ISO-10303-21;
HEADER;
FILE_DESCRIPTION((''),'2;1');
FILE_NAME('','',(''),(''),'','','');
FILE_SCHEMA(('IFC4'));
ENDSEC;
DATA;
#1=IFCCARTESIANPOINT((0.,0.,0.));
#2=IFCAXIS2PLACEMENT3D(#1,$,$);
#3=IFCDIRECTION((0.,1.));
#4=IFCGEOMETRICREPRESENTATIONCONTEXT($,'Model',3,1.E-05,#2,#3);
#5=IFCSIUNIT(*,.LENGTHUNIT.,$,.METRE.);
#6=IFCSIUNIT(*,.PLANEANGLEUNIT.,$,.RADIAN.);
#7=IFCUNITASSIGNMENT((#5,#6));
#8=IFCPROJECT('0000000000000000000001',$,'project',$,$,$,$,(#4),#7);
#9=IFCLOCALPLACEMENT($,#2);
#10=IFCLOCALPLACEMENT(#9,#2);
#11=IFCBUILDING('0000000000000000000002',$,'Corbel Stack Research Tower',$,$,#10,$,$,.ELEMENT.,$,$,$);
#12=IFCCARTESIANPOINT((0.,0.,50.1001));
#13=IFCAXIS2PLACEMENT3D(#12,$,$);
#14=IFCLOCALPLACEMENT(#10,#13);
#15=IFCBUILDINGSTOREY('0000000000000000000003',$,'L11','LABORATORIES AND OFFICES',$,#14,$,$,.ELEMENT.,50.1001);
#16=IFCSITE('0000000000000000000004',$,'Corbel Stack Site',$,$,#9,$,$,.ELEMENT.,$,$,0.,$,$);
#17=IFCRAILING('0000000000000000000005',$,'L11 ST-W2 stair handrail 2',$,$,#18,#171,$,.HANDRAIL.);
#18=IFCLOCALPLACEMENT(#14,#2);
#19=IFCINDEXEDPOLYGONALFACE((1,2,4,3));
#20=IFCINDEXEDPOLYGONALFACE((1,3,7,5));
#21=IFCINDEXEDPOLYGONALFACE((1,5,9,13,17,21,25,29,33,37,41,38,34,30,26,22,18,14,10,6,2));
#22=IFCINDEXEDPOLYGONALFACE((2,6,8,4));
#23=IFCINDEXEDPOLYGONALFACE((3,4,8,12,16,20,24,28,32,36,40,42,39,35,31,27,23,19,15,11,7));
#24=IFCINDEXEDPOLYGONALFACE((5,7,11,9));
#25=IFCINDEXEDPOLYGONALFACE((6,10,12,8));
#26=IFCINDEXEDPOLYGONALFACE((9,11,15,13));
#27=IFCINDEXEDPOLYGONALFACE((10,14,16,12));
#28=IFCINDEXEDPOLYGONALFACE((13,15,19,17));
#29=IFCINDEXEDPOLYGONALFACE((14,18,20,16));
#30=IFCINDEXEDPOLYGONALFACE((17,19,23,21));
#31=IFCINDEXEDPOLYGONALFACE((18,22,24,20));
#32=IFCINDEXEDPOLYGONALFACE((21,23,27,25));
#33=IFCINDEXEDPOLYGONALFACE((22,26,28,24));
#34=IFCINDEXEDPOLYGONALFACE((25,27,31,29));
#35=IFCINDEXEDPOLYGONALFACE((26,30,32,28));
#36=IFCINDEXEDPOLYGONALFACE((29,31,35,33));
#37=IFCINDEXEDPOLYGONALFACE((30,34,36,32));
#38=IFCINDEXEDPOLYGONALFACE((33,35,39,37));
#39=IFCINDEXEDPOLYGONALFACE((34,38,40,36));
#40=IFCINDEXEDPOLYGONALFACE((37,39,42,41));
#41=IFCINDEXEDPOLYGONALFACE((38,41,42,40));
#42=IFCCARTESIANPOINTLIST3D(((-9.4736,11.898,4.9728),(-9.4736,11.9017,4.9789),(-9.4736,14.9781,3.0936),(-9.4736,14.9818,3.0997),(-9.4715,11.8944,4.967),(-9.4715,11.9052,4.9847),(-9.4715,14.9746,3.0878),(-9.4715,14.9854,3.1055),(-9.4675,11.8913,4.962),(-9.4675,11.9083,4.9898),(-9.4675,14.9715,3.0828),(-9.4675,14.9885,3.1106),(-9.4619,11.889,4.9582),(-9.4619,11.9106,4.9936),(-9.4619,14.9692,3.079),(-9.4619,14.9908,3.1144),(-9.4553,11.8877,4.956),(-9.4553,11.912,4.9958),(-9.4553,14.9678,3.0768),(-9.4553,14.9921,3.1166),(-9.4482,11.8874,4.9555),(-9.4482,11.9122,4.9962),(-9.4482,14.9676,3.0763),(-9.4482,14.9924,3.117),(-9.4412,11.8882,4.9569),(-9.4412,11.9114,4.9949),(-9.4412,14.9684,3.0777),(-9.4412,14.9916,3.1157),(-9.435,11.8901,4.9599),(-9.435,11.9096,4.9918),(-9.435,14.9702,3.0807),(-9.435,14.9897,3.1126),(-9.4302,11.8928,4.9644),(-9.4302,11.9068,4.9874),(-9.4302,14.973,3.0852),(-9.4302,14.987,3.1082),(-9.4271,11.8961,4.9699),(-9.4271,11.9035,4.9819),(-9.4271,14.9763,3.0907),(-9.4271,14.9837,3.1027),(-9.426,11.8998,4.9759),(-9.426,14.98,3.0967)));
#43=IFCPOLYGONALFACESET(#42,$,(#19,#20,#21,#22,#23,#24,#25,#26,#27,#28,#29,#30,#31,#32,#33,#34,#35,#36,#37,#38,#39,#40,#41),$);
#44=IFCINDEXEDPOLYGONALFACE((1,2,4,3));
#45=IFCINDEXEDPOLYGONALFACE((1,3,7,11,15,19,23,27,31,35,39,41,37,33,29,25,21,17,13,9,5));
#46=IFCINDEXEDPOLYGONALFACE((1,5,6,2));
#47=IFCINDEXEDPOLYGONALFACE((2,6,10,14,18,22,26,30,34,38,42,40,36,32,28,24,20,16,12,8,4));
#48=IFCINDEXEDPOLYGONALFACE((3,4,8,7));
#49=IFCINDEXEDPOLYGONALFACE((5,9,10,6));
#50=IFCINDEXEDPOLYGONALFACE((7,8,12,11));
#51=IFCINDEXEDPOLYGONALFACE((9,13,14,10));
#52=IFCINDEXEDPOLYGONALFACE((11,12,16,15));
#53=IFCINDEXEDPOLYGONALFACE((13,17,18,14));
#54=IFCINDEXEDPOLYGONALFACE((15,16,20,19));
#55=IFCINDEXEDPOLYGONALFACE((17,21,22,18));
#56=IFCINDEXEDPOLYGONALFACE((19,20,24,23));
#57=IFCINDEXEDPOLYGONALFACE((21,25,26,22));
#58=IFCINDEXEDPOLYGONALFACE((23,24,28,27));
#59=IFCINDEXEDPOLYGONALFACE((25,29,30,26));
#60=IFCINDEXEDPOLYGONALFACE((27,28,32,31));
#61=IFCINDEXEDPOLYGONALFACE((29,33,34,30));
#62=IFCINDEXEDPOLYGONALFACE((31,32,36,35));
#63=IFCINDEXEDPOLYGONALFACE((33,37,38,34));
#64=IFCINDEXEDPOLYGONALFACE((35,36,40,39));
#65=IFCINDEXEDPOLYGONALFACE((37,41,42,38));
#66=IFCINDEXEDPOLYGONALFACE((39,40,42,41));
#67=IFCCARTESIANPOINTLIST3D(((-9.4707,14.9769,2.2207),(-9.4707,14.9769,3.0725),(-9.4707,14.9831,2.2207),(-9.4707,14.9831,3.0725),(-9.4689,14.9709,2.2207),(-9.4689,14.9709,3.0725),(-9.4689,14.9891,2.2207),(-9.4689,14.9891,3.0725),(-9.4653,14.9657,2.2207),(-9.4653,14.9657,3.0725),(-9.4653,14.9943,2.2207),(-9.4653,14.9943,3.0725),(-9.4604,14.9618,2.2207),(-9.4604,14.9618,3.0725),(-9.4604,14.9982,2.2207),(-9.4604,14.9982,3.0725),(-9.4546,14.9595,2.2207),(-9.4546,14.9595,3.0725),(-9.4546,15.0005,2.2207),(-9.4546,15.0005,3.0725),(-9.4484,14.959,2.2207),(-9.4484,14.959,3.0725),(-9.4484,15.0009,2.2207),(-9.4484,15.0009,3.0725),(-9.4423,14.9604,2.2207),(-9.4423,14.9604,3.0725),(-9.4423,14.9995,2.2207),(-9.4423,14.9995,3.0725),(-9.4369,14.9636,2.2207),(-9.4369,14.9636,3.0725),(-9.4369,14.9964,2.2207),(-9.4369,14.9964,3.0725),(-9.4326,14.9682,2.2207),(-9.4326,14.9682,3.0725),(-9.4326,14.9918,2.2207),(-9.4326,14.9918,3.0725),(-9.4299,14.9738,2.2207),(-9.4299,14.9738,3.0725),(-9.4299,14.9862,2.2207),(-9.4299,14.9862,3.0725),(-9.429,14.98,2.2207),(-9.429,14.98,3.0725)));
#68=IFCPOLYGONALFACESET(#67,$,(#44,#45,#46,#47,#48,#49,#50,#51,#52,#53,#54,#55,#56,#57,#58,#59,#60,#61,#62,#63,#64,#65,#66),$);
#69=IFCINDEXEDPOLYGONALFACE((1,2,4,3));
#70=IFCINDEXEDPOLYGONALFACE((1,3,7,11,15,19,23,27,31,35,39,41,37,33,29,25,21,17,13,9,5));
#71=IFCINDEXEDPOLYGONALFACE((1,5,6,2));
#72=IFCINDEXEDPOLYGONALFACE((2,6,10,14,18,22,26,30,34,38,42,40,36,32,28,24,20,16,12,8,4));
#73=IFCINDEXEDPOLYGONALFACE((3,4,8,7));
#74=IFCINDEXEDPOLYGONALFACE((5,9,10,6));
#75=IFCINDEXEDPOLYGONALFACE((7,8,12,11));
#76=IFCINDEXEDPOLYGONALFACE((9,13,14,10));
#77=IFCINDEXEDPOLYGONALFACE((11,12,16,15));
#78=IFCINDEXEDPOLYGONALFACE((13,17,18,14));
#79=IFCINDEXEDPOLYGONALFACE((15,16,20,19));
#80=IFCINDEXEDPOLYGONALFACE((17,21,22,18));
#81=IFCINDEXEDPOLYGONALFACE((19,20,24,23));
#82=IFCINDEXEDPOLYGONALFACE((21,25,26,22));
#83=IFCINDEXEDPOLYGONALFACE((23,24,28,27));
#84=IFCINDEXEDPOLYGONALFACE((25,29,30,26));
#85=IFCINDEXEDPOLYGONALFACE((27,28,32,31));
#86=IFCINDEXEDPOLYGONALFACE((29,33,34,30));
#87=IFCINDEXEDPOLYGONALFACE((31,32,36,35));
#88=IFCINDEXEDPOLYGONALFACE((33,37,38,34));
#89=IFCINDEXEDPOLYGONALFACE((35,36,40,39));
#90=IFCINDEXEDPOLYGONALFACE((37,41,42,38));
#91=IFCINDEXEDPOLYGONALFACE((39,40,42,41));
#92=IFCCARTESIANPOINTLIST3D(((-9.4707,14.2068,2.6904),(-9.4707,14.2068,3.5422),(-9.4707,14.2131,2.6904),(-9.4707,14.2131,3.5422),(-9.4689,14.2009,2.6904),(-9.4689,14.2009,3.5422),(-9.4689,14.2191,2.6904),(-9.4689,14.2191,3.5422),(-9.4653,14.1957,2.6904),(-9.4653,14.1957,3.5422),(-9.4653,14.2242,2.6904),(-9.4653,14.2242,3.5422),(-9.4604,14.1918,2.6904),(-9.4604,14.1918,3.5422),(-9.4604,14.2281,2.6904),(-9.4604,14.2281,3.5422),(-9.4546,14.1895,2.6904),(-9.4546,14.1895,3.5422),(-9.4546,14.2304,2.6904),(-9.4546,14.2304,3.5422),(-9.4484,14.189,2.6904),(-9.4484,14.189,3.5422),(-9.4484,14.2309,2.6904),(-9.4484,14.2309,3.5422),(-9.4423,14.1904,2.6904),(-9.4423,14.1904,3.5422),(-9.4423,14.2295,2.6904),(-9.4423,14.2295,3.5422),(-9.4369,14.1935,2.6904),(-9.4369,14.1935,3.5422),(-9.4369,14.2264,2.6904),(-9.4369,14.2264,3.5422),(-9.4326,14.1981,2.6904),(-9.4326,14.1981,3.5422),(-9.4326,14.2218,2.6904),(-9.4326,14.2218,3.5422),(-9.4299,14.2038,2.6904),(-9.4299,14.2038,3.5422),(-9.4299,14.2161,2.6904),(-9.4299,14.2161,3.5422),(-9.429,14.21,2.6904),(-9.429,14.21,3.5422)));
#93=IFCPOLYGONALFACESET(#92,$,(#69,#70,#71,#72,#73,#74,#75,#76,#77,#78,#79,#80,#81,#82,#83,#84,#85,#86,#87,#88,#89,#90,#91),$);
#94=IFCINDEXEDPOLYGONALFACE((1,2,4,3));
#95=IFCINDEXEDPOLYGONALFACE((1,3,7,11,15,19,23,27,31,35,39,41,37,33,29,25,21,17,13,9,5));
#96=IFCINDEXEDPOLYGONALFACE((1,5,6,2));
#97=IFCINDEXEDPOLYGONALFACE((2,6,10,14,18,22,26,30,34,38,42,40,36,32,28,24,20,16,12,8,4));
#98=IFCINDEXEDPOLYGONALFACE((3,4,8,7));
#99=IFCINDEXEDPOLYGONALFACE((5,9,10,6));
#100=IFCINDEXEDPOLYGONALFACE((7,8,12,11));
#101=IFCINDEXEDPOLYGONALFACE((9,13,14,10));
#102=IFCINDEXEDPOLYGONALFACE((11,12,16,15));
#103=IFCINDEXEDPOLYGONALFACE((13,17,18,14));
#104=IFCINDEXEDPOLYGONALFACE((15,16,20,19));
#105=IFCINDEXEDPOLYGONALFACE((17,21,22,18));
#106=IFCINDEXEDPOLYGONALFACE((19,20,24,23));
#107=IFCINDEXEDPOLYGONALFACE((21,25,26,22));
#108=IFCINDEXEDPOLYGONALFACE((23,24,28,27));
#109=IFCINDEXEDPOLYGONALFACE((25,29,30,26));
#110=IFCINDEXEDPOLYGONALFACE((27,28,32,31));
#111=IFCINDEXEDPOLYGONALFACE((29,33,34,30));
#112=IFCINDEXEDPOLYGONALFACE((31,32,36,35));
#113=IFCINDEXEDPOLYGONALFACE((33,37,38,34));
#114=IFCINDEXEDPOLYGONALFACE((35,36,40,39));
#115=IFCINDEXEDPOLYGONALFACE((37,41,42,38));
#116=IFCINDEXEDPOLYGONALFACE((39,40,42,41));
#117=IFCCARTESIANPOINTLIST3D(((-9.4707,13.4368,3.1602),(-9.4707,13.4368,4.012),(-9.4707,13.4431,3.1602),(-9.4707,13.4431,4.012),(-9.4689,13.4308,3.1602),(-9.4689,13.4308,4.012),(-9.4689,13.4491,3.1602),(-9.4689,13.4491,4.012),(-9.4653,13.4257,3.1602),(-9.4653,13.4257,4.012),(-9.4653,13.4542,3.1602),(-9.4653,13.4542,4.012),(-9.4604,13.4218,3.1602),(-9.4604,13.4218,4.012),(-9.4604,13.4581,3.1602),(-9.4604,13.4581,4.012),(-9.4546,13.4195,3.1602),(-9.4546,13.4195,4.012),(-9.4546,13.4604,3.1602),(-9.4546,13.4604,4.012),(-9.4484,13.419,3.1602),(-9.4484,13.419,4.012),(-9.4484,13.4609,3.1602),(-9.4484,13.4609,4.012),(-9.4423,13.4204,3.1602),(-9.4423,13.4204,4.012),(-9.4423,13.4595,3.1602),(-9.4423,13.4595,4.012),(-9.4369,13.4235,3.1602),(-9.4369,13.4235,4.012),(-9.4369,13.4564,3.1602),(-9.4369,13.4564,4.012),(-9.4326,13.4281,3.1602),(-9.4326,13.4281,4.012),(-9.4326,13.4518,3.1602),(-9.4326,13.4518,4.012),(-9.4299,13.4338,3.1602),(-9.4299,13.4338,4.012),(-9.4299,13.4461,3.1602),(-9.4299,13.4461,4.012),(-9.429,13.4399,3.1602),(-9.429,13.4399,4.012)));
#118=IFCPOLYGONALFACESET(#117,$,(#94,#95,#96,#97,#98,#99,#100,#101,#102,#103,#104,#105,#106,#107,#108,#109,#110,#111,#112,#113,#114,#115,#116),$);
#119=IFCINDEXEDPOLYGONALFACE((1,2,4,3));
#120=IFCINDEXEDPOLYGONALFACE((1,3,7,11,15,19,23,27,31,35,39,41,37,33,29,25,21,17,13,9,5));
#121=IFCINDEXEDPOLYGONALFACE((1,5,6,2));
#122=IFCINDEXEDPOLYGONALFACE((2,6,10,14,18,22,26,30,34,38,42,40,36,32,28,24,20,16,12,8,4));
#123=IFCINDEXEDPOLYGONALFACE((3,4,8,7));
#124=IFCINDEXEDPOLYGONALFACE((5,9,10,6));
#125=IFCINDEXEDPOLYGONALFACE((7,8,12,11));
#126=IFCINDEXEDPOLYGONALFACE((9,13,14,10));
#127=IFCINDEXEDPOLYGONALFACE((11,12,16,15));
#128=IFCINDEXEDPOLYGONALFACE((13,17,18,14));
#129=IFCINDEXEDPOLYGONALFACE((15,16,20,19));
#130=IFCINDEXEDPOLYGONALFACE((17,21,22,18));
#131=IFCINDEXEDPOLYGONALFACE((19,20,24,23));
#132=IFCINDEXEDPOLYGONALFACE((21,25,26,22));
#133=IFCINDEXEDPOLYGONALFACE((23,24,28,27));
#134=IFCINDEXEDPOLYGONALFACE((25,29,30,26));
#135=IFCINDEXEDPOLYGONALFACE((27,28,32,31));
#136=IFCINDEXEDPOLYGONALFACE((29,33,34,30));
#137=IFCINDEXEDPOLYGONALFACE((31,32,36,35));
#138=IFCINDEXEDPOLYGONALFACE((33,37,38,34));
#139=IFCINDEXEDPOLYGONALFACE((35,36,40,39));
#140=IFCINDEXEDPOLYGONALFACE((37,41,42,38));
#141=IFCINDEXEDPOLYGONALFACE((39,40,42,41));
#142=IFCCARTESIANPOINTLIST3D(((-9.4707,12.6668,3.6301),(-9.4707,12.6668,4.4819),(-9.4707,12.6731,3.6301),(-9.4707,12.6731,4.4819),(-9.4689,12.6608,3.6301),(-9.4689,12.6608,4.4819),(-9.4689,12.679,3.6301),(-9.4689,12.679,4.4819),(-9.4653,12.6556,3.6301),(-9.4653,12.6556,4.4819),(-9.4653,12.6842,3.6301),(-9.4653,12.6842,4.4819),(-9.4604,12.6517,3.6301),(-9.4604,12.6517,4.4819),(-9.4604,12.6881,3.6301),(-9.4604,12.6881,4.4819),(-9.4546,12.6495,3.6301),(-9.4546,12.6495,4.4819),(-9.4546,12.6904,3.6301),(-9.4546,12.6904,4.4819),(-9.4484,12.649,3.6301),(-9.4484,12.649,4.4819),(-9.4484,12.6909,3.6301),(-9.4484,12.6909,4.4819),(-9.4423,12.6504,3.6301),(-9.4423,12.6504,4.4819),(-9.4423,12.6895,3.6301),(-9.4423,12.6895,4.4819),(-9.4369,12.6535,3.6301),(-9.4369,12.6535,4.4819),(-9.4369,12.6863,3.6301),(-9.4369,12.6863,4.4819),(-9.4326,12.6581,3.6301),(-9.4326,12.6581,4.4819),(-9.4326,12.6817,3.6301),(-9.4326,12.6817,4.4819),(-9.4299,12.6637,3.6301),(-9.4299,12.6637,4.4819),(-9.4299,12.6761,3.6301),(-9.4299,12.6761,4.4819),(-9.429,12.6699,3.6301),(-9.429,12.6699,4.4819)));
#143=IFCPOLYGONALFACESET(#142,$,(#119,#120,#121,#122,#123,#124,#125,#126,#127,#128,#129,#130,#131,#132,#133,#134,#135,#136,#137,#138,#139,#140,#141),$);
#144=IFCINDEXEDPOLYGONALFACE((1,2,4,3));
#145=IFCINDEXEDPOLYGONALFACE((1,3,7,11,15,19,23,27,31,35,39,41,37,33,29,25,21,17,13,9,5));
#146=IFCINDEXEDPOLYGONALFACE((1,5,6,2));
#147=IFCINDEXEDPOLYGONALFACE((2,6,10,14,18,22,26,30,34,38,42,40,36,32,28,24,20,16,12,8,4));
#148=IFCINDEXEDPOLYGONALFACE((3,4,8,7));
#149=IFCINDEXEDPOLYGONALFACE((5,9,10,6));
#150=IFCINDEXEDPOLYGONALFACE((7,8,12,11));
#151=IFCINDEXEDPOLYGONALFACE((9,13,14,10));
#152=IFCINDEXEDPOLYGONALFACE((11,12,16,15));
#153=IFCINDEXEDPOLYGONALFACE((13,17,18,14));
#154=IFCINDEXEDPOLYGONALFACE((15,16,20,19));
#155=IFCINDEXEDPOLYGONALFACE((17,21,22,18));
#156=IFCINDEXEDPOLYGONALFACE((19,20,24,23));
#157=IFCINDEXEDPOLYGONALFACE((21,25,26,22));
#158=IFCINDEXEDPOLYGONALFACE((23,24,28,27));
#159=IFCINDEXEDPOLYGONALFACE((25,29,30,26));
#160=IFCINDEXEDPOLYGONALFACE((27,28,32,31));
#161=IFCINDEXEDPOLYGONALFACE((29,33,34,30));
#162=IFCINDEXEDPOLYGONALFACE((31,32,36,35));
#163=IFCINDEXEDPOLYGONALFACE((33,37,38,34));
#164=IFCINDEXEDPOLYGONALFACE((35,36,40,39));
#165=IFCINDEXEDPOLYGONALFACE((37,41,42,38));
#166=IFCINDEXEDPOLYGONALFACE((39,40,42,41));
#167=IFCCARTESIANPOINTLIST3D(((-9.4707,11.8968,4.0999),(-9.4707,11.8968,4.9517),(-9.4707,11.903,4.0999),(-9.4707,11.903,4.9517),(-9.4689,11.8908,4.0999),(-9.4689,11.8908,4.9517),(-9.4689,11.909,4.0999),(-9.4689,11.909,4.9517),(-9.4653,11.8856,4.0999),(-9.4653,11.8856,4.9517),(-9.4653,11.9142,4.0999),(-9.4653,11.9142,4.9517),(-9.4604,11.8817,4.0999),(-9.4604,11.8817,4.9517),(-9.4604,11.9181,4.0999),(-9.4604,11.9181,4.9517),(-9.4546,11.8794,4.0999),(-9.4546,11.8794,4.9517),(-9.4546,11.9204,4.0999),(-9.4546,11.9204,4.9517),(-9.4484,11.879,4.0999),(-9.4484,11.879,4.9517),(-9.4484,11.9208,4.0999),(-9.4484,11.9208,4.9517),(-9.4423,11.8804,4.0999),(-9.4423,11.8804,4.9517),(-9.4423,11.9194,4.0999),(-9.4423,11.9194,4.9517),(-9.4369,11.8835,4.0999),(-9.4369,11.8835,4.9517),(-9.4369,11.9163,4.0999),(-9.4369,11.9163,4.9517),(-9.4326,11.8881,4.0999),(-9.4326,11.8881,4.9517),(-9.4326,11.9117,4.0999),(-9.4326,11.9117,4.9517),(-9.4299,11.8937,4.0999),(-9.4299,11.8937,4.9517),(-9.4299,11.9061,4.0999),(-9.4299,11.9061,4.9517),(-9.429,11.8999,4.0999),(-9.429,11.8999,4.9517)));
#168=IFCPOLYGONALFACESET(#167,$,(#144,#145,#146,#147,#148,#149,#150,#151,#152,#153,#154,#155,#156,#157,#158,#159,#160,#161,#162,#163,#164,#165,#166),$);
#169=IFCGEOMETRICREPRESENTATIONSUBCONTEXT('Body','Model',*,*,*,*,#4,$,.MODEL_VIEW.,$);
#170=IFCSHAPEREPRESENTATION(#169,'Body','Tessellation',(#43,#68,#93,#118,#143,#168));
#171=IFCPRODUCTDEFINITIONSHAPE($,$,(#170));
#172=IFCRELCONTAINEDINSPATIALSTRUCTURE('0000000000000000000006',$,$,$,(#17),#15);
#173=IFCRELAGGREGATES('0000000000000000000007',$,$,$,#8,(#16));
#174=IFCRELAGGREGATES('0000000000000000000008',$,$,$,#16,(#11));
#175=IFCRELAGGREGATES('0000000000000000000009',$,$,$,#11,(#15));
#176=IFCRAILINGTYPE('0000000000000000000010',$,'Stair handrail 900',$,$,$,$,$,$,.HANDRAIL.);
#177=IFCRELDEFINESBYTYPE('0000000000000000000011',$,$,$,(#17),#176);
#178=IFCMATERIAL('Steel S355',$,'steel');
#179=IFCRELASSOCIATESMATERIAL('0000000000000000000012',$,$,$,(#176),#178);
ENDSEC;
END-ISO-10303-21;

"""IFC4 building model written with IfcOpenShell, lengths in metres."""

from ifc_helpers import new_model, si_unit, direction, frame, origin, origin_2d, place, context, subcontext, project, spatial, circle, extrude, material, type_object, element, save


model = new_model("IFC4")

# Units and contexts
model_context = context("Model", 3, precision=1e-05, world=origin(), true_north=direction((0.0, 1.0)))
body_context = subcontext(model_context, "Body", "Model", "MODEL_VIEW")
ifc_project = project(units=[si_unit("LENGTHUNIT", "METRE"), si_unit("PLANEANGLEUNIT", "RADIAN")], contexts=[model_context])

# Site, building, storey
site_placement = place(None, origin())
site = spatial("IfcSite", under=ifc_project, at=site_placement, Name="Corbel Stack Site", CompositionType="ELEMENT", RefElevation=0.0)
building_placement = place(site_placement, origin())
building = spatial("IfcBuilding", under=site, at=building_placement, Name="Corbel Stack Research Tower", CompositionType="ELEMENT")
storey_placement = place(building_placement, frame((0.0, 0.0, 50.1001)))
storey = spatial("IfcBuildingStorey", under=building, at=storey_placement, Name="L11", Description="LABORATORIES AND OFFICES", CompositionType="ELEMENT", Elevation=50.1001)

# Railing
ifc_material_1 = material(Name="Steel S355", Category="steel")
railing_type_1 = type_object("IfcRailingType", Name="Stair handrail 900", PredefinedType="HANDRAIL", material=ifc_material_1)
railing_1_placement = place(storey_placement, frame((-9.45, 14.98, 2.2207)))
element("IfcRailing", 1, at=railing_1_placement, inside=storey, type_object=railing_type_1, Name="L11 ST-W2 stair handrail 2", PredefinedType="HANDRAIL", context=body_context, shape_type="SweptSolid", body=[
    extrude(circle(Radius=0.0239, at=origin_2d()), frame((0.0, 0.0, 0.876), z_axis=(0.0, -0.853666, 0.52082), x_axis=(1.0, 0.0, 0.0)), (0.0, 0.0, 1.0), 3.6082),
    extrude(circle(Radius=0.021, at=origin_2d()), origin(), (0.0, 0.0, 1.0), 0.8518),
    extrude(circle(Radius=0.021, at=origin_2d()), frame((0.0, -0.77, 0.4697)), (0.0, 0.0, 1.0), 0.8518),
    extrude(circle(Radius=0.021, at=origin_2d()), frame((0.0, -1.54, 0.9395)), (0.0, 0.0, 1.0), 0.8518),
    extrude(circle(Radius=0.021, at=origin_2d()), frame((0.0, -2.3101, 1.4094)), (0.0, 0.0, 1.0), 0.8518),
    extrude(circle(Radius=0.021, at=origin_2d()), frame((0.0, -3.0801, 1.8792)), (0.0, 0.0, 1.0), 0.8518),
])

save(model, "model.ifc")
